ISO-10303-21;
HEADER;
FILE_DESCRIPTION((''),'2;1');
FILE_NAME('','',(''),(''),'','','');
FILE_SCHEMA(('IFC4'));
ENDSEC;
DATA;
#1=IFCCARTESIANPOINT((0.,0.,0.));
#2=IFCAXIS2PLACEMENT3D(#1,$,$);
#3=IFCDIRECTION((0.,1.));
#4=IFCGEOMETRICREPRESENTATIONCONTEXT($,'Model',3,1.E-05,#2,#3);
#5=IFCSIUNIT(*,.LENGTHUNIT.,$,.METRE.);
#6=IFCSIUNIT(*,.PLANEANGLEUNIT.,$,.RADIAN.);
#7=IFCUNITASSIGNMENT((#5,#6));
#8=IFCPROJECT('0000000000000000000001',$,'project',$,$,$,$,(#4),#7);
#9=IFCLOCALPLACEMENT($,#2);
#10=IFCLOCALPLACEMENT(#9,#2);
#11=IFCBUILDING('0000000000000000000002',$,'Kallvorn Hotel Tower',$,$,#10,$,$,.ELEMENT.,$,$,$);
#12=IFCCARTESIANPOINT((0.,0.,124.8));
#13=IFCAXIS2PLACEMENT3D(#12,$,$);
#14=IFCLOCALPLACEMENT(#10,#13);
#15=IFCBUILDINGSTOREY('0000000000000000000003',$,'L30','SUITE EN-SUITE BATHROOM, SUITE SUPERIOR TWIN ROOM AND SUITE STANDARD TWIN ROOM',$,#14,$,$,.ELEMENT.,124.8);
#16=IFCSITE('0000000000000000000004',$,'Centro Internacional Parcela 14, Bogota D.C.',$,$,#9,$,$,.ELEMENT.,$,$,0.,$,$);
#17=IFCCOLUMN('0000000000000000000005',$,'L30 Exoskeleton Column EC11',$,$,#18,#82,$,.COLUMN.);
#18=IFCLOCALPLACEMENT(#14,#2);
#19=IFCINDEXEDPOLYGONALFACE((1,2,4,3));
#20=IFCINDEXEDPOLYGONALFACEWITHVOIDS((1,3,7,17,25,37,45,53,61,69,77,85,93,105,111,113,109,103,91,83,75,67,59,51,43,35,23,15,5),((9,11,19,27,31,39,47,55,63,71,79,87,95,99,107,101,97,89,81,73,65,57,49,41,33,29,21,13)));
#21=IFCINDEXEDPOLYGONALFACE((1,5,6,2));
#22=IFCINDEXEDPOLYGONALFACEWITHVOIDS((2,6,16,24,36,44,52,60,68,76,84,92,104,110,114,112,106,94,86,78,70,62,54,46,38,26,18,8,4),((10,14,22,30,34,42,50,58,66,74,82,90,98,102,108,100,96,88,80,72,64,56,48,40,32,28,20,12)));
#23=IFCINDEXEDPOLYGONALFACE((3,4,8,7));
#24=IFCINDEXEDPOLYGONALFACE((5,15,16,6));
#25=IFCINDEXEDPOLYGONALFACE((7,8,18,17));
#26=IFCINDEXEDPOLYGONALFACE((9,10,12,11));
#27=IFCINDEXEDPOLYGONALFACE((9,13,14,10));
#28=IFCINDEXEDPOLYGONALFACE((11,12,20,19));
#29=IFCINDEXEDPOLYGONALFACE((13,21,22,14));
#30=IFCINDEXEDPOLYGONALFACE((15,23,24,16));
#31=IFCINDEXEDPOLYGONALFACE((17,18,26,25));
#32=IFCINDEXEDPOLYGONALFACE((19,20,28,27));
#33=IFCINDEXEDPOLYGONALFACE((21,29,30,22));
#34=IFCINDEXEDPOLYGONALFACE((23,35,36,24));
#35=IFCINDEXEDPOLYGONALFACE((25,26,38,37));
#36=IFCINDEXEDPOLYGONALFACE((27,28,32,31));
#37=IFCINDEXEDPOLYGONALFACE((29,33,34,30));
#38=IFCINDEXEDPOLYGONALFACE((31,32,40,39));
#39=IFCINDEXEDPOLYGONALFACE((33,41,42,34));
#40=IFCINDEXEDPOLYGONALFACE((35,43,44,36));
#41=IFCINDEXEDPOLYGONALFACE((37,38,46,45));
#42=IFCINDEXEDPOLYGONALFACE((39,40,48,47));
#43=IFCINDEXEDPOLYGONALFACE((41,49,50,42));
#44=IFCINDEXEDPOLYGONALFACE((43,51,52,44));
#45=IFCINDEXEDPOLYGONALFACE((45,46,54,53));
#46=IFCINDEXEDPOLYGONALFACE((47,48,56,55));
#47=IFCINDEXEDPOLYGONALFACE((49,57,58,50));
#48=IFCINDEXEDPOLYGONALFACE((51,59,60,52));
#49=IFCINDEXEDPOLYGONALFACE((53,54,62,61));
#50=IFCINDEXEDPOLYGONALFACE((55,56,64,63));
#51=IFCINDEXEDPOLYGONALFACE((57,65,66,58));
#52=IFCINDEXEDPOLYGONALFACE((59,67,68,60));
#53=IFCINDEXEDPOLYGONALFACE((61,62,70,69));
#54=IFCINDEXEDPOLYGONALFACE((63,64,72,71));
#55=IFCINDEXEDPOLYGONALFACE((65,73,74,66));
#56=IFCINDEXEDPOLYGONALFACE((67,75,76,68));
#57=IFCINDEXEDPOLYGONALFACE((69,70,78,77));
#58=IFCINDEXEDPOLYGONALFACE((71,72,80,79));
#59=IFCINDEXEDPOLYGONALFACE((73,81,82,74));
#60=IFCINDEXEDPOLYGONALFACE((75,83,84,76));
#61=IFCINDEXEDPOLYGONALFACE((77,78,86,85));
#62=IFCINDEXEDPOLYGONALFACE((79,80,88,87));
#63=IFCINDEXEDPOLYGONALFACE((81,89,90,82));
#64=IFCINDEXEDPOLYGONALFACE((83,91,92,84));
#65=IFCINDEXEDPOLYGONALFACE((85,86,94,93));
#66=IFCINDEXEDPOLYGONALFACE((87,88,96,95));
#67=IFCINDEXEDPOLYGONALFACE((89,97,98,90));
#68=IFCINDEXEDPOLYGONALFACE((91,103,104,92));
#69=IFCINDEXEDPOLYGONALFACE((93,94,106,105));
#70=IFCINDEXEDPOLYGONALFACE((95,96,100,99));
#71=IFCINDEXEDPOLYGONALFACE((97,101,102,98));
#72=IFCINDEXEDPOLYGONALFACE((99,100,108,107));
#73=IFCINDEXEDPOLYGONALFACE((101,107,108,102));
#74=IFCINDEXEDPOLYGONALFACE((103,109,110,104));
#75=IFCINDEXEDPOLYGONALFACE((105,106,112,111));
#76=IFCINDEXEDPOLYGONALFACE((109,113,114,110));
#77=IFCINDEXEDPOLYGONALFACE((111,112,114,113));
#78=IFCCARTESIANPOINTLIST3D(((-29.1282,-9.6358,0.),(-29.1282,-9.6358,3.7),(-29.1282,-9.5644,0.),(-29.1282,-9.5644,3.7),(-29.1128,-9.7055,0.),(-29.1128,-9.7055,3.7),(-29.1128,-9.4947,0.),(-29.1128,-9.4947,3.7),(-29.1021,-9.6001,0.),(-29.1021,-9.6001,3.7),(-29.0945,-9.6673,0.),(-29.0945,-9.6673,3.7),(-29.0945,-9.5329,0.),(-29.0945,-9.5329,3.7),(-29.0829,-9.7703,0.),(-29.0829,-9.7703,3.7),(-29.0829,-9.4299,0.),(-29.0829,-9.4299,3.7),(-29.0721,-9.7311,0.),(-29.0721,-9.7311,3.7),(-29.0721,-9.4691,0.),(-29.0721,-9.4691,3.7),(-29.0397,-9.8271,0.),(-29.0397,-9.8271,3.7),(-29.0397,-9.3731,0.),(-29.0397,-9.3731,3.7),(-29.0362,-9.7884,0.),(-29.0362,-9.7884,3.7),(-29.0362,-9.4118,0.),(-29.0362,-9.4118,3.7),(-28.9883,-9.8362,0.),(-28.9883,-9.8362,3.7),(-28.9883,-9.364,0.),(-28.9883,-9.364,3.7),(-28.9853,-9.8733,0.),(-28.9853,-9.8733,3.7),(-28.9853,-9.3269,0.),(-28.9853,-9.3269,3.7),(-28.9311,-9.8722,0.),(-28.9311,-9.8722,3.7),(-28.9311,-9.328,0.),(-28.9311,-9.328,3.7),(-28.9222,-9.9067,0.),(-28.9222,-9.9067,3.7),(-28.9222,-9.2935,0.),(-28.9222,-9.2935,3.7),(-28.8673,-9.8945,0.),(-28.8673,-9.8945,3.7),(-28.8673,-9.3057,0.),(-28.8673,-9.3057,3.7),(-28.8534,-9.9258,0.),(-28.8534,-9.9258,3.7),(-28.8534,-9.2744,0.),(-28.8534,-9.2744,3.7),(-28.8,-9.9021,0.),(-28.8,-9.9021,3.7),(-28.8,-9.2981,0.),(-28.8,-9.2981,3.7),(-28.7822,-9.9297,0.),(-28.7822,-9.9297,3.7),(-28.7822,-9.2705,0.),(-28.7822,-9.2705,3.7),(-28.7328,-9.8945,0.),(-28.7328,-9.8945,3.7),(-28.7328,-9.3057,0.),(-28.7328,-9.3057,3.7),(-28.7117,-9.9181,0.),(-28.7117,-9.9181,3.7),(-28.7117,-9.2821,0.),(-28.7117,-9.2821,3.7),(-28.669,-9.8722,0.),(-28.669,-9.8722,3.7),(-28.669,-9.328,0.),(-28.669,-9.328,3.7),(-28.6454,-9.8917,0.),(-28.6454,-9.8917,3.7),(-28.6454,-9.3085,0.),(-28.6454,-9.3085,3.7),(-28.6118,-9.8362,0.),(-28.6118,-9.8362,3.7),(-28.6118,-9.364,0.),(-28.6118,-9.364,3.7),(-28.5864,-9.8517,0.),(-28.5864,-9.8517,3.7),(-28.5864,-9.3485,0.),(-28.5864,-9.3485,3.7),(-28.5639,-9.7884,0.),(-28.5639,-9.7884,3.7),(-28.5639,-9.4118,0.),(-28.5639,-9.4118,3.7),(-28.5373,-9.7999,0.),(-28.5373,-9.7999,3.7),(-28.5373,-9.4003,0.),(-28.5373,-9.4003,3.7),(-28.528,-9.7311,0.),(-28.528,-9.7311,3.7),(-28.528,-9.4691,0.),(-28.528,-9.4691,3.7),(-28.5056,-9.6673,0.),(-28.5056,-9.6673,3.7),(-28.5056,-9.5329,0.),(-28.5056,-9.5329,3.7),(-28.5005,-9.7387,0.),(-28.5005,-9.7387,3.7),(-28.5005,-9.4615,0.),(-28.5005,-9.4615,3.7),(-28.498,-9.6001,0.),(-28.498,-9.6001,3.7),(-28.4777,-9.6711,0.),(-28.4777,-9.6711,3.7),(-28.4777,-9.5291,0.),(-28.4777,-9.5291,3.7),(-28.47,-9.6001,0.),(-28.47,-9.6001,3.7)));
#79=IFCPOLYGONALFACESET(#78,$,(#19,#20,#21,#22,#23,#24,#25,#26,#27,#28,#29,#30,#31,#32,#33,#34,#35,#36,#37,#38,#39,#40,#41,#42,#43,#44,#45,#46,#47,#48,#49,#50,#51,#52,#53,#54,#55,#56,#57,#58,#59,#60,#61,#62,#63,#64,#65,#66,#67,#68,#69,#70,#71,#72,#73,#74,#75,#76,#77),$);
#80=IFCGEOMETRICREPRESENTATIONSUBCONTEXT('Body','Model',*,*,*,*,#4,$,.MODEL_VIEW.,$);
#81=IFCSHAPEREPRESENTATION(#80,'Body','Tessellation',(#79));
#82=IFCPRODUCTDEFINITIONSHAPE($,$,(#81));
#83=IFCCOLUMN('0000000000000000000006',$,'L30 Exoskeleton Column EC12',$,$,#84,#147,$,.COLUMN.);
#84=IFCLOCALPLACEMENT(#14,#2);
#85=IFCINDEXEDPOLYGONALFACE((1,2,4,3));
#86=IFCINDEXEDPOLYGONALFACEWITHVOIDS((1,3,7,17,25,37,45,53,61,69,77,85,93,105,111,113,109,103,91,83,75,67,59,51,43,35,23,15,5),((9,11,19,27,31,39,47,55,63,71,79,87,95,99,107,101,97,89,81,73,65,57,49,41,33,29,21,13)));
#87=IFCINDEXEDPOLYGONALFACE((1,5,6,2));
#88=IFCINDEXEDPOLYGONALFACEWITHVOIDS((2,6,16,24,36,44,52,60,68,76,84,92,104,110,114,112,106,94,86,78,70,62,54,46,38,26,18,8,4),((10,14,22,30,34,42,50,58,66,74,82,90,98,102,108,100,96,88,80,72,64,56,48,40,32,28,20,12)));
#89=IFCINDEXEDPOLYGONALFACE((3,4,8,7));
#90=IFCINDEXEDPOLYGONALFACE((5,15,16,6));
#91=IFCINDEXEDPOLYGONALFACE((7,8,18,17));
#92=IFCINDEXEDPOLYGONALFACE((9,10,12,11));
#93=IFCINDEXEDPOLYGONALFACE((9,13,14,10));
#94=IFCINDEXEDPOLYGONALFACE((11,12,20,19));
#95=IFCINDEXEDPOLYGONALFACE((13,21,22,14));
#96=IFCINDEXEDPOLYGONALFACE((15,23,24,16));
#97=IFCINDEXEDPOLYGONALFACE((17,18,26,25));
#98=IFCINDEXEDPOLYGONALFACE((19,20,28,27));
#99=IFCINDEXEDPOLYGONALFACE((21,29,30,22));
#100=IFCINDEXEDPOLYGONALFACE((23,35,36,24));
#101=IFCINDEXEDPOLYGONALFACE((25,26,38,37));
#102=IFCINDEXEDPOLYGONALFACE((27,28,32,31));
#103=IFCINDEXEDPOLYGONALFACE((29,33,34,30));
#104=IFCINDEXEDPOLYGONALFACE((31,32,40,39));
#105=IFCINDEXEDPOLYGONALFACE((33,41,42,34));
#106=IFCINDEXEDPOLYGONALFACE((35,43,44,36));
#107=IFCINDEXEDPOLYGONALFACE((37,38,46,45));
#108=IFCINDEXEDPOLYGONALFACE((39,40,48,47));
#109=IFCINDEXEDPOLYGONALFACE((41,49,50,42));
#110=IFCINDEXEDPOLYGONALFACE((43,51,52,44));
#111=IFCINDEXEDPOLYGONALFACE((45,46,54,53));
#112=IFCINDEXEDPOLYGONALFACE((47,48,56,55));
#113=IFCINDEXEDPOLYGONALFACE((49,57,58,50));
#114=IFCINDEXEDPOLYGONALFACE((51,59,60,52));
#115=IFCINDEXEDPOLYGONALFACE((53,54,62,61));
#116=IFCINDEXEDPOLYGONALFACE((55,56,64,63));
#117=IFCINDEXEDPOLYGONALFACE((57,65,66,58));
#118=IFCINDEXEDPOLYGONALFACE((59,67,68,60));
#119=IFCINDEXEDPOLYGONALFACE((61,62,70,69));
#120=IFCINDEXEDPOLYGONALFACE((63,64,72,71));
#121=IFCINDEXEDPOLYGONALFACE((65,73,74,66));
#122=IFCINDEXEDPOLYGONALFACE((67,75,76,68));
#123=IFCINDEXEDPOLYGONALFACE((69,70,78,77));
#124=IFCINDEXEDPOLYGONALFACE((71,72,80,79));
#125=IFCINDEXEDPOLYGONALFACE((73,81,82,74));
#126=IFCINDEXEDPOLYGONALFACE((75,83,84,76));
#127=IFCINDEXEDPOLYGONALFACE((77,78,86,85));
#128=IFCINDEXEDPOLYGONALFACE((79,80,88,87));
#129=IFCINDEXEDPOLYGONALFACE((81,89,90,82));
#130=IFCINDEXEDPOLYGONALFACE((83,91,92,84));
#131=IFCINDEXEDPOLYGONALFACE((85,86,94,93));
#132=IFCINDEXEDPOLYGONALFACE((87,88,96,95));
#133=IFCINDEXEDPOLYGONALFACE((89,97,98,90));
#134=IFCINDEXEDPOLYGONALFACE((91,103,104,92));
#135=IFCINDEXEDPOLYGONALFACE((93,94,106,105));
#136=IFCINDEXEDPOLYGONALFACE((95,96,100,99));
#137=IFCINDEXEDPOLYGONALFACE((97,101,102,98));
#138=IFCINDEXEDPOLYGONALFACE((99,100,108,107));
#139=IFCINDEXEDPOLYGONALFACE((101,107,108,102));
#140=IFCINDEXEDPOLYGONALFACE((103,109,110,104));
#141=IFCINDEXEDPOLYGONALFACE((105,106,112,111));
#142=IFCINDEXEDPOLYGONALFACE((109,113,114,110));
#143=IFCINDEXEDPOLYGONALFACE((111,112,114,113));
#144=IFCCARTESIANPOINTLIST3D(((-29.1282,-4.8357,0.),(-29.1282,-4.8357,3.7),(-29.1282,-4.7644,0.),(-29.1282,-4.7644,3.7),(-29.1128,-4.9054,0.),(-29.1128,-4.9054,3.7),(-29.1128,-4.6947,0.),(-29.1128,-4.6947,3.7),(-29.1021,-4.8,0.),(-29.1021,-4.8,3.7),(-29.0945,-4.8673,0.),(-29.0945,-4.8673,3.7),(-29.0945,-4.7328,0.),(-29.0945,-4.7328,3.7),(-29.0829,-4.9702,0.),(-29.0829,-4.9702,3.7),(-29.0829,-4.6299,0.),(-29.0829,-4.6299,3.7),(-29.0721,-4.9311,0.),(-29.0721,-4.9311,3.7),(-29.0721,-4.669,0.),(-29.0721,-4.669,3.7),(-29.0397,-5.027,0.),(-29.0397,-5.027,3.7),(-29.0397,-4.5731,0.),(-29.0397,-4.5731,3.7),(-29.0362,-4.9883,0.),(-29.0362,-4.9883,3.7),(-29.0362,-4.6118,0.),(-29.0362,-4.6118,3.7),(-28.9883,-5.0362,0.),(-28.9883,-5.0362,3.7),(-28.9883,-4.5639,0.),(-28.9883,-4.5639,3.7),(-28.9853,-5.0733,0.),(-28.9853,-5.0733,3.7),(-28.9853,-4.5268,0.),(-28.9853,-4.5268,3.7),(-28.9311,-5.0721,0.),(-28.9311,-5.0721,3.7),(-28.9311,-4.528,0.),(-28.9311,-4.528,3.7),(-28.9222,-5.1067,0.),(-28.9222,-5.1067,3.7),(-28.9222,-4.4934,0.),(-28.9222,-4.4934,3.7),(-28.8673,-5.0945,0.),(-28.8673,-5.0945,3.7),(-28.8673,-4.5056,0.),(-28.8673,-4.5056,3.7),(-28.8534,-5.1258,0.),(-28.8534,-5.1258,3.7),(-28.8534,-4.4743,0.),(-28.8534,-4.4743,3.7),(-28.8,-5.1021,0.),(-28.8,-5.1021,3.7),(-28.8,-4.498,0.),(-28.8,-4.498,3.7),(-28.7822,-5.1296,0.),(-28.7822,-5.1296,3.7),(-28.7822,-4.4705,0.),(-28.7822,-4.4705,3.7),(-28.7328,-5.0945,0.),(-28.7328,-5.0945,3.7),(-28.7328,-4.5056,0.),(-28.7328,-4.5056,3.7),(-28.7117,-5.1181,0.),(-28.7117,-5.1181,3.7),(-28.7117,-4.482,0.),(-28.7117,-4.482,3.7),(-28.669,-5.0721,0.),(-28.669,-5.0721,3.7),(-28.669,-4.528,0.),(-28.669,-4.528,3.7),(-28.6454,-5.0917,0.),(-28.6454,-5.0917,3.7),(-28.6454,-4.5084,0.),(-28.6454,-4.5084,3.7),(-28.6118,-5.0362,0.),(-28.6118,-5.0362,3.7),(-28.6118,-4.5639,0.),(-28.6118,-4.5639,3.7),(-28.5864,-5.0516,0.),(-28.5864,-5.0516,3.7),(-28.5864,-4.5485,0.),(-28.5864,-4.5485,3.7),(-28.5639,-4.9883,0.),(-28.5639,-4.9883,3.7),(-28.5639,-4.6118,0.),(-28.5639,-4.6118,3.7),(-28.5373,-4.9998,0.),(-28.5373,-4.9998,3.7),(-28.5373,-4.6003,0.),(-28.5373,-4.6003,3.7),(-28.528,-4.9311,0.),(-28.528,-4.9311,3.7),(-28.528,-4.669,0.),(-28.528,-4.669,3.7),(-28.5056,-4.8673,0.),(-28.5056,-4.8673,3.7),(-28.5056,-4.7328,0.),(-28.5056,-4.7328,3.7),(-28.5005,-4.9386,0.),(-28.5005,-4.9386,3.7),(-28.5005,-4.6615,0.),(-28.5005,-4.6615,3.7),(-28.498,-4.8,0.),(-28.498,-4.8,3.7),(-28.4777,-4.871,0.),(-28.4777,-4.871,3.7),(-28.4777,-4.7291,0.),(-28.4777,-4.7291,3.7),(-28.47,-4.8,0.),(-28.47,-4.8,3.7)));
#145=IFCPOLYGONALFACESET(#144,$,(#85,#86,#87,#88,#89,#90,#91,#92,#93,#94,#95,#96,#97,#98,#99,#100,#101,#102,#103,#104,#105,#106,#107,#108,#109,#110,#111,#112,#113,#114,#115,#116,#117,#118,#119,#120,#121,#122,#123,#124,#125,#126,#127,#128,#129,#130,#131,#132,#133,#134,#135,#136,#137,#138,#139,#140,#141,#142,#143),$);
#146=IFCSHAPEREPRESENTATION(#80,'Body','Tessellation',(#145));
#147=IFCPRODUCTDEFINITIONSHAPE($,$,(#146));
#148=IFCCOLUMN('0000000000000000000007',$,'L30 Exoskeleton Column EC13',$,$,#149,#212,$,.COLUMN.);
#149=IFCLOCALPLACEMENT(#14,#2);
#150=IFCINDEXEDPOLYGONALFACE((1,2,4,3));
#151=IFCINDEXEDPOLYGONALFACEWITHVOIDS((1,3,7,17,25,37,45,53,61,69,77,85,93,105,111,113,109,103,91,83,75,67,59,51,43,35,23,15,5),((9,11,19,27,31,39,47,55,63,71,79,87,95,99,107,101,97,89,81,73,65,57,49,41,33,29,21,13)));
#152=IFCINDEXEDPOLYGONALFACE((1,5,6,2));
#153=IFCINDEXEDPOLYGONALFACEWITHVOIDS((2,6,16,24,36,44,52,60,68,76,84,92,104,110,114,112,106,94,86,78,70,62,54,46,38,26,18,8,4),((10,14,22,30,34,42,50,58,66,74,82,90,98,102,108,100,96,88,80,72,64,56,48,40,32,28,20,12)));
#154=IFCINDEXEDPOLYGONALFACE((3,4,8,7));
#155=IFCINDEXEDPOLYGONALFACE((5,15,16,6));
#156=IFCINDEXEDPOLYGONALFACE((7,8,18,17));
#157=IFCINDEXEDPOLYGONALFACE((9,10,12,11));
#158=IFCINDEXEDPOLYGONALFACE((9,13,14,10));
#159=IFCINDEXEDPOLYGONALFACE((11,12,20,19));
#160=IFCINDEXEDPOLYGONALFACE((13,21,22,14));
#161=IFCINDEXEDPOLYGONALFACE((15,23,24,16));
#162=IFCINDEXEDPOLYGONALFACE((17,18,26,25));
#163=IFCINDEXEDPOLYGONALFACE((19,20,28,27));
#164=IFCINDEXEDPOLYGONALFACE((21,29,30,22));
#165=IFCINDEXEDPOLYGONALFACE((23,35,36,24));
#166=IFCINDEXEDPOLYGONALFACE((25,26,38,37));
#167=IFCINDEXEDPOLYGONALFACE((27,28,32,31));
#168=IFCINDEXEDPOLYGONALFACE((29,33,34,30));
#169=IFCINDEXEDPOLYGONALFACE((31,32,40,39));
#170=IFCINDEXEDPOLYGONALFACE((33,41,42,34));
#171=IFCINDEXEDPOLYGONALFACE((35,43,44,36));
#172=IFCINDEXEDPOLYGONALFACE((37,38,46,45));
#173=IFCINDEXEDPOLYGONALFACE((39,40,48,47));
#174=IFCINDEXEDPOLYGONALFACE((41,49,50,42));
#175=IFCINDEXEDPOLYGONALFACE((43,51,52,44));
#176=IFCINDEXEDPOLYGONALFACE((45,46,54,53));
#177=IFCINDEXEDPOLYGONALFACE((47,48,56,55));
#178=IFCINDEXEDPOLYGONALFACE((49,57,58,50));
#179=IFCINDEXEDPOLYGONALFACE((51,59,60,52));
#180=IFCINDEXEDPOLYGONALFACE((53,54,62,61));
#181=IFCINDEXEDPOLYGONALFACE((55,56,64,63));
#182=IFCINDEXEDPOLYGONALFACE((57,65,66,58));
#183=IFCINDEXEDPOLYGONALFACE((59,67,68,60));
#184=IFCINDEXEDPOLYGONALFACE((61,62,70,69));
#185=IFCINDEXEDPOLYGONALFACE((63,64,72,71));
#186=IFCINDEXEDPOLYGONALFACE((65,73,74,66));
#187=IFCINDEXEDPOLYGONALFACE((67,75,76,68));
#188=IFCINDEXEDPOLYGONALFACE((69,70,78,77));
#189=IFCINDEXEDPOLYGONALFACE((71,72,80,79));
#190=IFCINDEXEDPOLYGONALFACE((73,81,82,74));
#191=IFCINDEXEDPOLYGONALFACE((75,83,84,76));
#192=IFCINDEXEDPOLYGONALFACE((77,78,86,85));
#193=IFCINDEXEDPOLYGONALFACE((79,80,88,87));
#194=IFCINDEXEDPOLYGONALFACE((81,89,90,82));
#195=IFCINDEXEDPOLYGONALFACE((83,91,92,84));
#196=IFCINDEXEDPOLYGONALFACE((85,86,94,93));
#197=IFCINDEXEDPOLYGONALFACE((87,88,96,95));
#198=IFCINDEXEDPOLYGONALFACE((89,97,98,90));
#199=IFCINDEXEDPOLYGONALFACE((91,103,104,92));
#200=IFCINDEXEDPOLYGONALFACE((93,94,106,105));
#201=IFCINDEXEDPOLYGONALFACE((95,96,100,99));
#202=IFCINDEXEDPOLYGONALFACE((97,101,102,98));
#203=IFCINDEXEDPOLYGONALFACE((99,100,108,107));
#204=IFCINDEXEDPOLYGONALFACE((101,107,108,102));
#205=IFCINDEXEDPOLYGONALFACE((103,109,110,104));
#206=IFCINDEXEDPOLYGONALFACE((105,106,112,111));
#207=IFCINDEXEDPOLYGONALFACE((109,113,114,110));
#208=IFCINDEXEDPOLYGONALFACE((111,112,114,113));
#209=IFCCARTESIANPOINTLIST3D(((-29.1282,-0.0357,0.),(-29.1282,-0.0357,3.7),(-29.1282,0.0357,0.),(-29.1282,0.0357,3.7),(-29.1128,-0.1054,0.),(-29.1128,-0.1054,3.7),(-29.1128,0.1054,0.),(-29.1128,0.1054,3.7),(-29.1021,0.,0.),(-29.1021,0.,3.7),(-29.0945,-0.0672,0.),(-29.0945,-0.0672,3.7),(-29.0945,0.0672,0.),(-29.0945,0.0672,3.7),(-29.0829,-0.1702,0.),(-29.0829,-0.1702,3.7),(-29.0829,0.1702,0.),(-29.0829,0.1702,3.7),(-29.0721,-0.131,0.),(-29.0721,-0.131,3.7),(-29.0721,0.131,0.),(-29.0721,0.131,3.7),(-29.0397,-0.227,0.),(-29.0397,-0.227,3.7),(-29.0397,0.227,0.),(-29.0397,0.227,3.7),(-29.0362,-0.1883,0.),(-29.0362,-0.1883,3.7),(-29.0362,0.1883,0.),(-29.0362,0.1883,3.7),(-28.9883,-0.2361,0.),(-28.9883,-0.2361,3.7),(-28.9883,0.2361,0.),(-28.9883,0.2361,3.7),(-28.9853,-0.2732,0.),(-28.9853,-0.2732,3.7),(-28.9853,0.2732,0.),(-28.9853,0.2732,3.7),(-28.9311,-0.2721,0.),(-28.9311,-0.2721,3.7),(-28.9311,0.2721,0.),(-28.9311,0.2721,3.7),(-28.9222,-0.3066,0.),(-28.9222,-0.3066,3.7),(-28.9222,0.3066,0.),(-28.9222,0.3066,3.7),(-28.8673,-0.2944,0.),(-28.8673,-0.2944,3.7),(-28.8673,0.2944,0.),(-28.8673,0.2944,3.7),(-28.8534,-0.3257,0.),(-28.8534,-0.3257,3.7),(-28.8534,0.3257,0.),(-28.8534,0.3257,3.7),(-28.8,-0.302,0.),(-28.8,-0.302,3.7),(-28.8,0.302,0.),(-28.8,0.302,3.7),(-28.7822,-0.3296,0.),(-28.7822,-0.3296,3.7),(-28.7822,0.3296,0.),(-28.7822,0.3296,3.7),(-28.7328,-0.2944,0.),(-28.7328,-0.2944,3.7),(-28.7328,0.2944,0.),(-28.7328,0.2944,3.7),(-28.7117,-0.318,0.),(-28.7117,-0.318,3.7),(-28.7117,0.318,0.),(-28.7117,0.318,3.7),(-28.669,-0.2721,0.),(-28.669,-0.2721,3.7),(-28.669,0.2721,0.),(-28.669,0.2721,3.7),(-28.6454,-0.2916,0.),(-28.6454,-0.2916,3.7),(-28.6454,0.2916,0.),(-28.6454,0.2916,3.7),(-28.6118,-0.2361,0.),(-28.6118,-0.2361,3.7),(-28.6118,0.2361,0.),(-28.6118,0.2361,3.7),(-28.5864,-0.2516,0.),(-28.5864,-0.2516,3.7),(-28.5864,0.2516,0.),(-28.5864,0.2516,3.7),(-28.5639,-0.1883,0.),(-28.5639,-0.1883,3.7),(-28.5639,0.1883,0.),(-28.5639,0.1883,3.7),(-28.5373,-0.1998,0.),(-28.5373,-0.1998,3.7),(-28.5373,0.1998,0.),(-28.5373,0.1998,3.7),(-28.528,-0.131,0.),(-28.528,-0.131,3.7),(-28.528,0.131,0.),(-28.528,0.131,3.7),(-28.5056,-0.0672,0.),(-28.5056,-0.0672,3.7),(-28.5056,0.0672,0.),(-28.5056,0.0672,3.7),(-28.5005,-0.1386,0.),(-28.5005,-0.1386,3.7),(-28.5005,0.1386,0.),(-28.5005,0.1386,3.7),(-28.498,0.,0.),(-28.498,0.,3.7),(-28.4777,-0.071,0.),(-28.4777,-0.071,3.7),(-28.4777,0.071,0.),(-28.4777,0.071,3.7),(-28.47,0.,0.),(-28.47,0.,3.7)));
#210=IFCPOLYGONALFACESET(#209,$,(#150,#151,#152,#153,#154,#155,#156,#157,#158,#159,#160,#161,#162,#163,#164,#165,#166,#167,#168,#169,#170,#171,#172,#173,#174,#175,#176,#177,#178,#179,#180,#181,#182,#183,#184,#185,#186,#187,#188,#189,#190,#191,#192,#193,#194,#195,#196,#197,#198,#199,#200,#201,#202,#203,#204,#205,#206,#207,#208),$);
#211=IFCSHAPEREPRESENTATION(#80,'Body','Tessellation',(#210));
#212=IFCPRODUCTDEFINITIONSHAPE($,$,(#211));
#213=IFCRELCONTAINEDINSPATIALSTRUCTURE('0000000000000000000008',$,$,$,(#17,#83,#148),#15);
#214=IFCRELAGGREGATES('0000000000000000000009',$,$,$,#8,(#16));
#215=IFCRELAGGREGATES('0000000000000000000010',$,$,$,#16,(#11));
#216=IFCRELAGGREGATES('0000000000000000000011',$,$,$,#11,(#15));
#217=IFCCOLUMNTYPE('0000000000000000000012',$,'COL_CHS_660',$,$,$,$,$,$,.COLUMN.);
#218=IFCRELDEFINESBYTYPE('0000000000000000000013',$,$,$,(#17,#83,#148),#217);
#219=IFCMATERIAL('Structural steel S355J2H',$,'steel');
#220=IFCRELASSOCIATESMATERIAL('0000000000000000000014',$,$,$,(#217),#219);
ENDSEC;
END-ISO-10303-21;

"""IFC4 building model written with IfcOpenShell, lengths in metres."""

from ifc_helpers import new_model, si_unit, direction, frame, origin, origin_2d, place, context, subcontext, project, spatial, hollow_circle, extrude, material, material_profile, profile_set, type_object, element, save


model = new_model("IFC4")

# Units and contexts
model_context = context("Model", 3, precision=1e-05, world=origin(), true_north=direction((0.0, 1.0)))
body_context = subcontext(model_context, "Body", "Model", "MODEL_VIEW")
ifc_project = project(units=[si_unit("LENGTHUNIT", "METRE"), si_unit("PLANEANGLEUNIT", "RADIAN")], contexts=[model_context])

# Site, building, storey
site_placement = place(None, origin())
site = spatial("IfcSite", under=ifc_project, at=site_placement, Name="Centro Internacional Parcela 14, Bogota D.C.", CompositionType="ELEMENT", RefElevation=0.0)
building_placement = place(site_placement, origin())
building = spatial("IfcBuilding", under=site, at=building_placement, Name="Kallvorn Hotel Tower", CompositionType="ELEMENT")
storey_placement = place(building_placement, frame((0.0, 0.0, 124.8)))
storey = spatial("IfcBuildingStorey", under=building, at=storey_placement, Name="L30", Description="SUITE EN-SUITE BATHROOM, SUITE SUPERIOR TWIN ROOM AND SUITE STANDARD TWIN ROOM", CompositionType="ELEMENT", Elevation=124.8)

# Columns
ifc_material_1 = material(Name="Structural steel S355J2H", Category="steel")
ifc_material_profile_1 = material_profile(ifc_material_1, hollow_circle(Radius=0.3301, WallThickness=0.0281, at=origin_2d()), Name="CHS 660x28")
ifc_profile_set_1 = profile_set([ifc_material_profile_1], Name="Structural steel S355J2H")
column_type_1 = type_object("IfcColumnType", Name="COL_CHS_660", PredefinedType="COLUMN", material=ifc_profile_set_1)
for number, where, z_axis, x_axis, name in (
    (1, (-28.8, -9.6001, 0.0), (0.0, 0.0, 1.0), (1.0, 0.0, 0.0), "L30 Exoskeleton Column EC11"),
    (2, (-28.8, -4.8, 0.0), (0.0, 0.0, 1.0), (1.0, 0.0, 0.0), "L30 Exoskeleton Column EC12"),
    (3, (-28.8, 0.0, 0.0), (0.0, 0.0, 1.0), (1.0, 0.0, 0.0), "L30 Exoskeleton Column EC13"),
):
    element("IfcColumn", number, at=place(storey_placement, frame(where, z_axis=z_axis, x_axis=x_axis)), inside=storey, type_object=column_type_1, Name=name, PredefinedType="COLUMN", context=body_context, shape_type="SweptSolid", body=[
        extrude(hollow_circle(Radius=0.3301, WallThickness=0.0281, at=origin_2d()), origin(), (0.0, 0.0, 1.0), 3.7),
    ])

save(model, "model.ifc")
